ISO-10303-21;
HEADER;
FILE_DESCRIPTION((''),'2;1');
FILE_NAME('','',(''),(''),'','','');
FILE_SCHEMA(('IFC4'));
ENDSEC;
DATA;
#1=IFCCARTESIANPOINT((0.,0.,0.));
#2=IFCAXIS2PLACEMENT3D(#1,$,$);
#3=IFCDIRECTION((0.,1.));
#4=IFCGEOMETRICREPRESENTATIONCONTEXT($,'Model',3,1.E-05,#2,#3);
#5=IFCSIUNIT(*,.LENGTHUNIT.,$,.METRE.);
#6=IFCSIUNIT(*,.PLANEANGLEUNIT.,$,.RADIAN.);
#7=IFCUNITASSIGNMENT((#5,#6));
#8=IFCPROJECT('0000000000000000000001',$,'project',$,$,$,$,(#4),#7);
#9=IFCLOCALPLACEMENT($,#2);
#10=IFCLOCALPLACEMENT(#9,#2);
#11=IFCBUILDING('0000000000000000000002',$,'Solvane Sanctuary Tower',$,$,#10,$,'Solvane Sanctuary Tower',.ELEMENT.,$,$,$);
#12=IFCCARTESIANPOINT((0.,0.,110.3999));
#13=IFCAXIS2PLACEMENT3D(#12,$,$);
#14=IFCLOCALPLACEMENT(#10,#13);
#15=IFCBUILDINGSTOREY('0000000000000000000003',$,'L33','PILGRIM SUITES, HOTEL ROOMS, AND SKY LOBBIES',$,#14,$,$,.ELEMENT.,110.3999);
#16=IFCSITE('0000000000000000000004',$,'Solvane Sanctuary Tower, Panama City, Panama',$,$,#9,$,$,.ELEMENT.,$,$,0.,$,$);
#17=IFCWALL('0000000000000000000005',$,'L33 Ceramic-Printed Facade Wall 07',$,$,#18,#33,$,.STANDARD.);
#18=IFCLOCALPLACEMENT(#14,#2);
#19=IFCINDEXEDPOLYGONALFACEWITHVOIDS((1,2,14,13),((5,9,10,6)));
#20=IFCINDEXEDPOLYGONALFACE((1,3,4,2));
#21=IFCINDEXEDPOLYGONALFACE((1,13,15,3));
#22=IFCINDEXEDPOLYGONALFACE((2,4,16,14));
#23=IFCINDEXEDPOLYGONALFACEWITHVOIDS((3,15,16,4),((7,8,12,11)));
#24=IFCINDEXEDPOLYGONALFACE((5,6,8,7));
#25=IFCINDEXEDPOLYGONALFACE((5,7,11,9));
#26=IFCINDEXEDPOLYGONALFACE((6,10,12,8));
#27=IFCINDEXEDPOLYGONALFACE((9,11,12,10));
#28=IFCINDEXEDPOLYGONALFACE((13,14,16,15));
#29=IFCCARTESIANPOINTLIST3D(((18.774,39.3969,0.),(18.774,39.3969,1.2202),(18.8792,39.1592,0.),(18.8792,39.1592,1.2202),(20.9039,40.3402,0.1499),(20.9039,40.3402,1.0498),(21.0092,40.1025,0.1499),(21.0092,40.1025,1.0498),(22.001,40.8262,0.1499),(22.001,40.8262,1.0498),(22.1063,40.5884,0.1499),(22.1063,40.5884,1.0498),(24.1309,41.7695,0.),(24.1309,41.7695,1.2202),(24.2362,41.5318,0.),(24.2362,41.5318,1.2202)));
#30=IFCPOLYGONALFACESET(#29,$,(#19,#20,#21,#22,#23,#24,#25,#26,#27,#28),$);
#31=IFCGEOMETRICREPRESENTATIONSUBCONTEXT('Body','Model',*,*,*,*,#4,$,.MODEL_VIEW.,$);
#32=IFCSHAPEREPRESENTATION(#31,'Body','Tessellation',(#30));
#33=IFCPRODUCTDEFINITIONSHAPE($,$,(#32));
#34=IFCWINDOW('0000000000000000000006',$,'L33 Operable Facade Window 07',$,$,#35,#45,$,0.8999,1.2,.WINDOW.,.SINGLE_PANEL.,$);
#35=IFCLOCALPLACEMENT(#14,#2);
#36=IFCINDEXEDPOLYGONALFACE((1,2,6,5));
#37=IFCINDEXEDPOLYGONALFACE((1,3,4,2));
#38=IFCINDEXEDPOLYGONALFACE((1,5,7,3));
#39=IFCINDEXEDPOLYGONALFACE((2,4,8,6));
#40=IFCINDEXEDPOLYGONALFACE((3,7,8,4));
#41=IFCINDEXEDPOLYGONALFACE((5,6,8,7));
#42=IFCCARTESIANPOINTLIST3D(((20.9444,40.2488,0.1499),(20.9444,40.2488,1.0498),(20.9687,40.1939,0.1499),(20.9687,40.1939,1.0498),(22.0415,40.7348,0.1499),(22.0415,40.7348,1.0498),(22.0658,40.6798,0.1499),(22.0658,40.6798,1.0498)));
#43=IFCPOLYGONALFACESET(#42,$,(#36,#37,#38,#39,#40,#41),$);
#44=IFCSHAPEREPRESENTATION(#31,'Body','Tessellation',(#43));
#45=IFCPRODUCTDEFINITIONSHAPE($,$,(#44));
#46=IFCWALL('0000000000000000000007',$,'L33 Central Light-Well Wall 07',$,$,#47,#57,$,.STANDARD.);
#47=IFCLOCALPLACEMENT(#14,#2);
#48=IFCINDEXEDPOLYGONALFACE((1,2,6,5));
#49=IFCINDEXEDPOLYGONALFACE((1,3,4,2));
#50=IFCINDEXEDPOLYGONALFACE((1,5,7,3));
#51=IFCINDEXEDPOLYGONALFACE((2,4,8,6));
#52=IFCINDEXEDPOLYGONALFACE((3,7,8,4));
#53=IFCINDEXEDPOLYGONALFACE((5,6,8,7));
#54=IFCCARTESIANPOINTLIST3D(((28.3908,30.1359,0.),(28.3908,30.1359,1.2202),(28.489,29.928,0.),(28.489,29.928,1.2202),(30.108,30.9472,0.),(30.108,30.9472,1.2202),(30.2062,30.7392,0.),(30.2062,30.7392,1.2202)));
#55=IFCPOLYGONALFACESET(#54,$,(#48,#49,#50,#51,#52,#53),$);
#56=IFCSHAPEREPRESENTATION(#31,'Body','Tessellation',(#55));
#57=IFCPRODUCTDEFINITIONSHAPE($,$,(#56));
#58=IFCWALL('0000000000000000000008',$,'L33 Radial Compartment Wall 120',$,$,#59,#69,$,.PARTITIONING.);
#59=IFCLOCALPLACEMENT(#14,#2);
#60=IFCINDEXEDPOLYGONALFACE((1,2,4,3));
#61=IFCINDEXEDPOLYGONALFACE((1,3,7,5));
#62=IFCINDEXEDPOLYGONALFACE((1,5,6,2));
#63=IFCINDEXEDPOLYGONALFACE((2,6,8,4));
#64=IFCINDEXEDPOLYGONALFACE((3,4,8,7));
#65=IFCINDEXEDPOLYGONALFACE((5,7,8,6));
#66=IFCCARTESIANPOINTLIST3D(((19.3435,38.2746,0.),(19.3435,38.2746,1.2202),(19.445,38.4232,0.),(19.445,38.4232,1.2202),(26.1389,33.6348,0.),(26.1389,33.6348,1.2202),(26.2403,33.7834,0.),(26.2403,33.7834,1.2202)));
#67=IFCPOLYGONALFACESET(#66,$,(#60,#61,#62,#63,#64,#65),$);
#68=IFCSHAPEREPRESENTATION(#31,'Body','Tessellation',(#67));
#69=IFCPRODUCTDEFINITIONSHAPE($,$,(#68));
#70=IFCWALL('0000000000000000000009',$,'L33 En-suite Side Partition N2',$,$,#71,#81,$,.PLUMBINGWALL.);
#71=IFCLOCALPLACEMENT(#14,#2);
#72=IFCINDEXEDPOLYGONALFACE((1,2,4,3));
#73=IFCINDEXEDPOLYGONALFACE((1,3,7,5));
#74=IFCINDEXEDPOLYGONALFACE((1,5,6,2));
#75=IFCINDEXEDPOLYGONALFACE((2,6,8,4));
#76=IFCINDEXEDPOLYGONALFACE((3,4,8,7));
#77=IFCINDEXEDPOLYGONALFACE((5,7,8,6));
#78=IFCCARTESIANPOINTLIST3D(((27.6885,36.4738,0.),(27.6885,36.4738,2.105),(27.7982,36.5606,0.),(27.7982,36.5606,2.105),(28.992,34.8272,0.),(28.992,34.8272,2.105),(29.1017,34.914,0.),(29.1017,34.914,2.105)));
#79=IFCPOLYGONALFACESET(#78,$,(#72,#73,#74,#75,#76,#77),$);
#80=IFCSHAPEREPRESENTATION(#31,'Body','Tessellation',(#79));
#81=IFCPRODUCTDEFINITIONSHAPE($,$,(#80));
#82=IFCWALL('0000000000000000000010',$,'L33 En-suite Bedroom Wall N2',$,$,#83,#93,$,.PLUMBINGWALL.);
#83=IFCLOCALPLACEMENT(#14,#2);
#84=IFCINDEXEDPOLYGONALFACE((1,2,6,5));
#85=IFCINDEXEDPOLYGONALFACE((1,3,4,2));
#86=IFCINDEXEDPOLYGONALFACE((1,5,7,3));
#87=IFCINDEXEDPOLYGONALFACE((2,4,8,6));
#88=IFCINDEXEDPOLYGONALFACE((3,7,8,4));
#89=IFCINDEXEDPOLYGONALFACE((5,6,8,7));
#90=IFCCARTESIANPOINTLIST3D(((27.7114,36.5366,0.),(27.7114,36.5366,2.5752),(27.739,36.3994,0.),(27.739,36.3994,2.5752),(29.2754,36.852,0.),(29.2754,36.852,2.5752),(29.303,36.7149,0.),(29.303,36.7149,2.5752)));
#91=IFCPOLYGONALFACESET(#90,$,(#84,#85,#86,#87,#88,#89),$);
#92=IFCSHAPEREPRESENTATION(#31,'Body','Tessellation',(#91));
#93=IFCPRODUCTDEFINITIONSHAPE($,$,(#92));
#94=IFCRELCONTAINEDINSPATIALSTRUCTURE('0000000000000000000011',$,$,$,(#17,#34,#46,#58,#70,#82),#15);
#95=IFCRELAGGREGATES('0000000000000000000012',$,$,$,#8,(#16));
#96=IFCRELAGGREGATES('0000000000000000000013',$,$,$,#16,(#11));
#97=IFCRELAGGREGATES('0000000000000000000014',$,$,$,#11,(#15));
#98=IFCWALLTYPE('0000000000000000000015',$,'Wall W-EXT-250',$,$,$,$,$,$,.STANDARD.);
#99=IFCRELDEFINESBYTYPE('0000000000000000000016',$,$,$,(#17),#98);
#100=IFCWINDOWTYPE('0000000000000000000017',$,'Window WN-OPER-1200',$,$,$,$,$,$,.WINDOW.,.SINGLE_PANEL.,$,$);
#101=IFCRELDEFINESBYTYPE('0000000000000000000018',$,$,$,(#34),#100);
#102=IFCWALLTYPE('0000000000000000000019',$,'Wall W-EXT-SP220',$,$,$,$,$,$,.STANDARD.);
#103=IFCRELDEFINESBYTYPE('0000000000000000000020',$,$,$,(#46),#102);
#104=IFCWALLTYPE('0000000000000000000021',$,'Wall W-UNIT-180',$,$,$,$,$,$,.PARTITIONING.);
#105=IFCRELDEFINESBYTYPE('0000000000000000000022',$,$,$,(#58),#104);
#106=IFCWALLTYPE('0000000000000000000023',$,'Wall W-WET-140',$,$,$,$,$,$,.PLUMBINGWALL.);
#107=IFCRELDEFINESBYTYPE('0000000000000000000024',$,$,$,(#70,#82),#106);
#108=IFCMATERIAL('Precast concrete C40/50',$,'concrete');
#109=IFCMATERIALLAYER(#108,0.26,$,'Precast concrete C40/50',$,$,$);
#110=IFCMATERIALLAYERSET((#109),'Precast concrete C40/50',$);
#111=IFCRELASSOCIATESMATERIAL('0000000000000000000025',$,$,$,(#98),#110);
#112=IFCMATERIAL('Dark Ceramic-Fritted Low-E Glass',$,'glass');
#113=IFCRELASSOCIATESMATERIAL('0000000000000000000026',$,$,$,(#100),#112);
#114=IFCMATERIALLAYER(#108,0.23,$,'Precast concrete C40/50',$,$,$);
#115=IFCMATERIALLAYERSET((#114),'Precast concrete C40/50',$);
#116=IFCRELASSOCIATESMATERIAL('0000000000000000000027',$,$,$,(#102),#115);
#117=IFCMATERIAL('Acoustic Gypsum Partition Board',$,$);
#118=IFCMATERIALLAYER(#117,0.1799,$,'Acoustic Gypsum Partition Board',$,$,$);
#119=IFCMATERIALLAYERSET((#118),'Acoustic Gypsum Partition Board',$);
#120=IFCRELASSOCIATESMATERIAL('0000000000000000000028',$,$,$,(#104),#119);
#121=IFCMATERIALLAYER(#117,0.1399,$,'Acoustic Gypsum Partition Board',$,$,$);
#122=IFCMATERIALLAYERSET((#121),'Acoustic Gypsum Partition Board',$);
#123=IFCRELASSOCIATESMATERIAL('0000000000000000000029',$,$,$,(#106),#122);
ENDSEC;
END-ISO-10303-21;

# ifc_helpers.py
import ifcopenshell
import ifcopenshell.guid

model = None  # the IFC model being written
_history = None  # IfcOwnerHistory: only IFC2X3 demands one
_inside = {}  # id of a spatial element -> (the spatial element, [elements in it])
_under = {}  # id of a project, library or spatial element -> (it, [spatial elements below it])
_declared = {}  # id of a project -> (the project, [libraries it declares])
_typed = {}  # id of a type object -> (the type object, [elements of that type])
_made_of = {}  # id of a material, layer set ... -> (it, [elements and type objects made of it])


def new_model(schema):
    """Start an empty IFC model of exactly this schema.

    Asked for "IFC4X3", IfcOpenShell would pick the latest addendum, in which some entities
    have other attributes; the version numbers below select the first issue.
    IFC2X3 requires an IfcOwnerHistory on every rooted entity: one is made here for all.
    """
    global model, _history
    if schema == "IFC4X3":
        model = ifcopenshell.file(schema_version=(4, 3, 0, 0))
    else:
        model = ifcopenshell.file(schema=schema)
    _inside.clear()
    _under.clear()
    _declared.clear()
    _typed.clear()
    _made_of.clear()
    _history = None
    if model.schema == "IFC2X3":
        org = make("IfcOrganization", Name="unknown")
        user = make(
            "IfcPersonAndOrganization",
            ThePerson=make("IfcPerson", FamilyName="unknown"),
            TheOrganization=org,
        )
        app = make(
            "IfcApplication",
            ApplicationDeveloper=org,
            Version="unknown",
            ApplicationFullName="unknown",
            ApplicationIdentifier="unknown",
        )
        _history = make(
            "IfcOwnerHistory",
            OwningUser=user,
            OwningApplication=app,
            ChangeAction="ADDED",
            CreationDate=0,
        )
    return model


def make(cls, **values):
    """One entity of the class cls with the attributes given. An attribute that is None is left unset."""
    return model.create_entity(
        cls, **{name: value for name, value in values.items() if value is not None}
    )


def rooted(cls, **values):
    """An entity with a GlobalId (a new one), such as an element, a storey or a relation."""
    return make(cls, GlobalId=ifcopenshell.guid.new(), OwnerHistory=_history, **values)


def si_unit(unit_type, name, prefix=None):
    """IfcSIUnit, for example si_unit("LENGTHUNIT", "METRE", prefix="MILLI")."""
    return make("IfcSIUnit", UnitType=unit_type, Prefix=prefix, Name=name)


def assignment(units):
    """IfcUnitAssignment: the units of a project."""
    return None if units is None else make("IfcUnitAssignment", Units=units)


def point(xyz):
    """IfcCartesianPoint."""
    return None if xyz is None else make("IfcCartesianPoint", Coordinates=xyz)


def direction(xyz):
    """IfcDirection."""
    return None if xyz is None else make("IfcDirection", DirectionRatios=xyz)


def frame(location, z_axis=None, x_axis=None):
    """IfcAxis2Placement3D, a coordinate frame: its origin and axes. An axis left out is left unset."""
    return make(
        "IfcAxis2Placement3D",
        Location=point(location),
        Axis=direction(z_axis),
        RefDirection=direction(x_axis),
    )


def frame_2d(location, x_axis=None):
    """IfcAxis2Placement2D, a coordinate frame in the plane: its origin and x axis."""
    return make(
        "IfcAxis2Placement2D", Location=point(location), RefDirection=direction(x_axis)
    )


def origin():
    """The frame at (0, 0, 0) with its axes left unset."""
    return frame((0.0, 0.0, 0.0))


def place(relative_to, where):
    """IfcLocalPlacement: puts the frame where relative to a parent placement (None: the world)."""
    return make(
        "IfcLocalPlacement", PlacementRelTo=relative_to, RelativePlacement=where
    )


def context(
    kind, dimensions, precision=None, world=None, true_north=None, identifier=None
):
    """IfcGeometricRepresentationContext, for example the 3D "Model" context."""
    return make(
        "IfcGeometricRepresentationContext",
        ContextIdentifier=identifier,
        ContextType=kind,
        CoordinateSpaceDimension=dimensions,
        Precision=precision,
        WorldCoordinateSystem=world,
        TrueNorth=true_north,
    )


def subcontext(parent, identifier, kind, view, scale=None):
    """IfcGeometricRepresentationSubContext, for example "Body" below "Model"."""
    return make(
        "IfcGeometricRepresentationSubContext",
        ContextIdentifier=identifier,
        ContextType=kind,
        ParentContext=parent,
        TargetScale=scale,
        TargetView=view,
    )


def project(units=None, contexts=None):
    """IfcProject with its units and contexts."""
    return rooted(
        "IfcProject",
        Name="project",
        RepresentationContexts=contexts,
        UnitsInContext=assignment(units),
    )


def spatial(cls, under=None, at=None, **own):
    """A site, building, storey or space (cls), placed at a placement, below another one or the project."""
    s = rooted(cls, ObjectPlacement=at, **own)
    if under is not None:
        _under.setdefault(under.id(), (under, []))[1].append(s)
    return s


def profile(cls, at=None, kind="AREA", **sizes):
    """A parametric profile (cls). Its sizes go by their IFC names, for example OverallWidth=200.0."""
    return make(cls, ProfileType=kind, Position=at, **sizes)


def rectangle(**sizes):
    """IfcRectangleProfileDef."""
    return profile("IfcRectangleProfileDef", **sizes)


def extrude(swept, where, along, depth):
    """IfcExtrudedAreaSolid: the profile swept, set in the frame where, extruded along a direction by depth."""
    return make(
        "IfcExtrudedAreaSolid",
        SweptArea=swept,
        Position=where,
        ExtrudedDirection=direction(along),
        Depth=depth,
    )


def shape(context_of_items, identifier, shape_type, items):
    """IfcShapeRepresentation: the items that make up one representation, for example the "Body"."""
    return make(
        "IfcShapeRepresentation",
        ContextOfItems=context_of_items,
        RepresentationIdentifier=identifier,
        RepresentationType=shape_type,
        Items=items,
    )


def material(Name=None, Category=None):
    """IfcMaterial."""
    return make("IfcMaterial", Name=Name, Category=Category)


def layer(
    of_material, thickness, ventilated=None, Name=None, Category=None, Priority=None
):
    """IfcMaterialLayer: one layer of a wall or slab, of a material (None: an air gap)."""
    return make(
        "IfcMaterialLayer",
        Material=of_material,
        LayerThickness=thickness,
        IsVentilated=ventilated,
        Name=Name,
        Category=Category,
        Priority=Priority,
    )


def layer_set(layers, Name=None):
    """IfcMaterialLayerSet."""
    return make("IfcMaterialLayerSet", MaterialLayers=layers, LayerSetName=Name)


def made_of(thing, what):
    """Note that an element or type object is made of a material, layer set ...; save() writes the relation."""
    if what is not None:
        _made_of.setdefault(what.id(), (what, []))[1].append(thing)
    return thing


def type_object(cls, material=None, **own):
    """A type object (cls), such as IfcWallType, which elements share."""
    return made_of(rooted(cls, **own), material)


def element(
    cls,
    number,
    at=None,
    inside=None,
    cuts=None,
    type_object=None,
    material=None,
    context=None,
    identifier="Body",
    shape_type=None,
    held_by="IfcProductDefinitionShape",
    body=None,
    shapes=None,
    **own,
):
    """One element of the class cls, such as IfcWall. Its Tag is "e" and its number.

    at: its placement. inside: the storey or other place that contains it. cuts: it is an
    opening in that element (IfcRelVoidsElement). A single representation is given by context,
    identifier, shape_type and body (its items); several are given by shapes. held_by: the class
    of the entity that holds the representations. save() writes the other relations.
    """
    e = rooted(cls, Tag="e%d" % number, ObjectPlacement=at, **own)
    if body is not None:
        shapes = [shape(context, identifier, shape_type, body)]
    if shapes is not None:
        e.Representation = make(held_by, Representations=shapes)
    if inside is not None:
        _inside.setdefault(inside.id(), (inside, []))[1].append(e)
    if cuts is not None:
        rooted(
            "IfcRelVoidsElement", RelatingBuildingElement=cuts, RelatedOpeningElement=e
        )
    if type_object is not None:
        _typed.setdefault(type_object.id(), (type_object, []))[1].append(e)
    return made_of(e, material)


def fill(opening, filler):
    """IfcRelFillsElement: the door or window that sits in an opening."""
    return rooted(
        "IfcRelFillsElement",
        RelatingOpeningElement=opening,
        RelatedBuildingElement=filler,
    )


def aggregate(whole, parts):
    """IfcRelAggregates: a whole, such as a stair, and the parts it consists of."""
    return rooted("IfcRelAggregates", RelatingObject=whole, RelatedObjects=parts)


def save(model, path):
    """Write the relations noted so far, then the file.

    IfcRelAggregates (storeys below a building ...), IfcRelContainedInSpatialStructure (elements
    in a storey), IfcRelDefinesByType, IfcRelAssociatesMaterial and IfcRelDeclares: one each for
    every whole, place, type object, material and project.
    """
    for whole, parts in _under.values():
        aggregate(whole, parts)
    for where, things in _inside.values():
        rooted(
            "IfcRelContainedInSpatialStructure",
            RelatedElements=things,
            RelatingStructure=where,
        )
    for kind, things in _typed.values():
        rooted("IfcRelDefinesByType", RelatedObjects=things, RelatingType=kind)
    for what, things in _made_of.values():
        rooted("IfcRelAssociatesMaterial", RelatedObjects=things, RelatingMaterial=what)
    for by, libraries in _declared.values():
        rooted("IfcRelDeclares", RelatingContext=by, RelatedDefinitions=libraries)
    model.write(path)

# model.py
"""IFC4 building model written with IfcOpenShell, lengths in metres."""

from ifc_helpers import new_model, si_unit, direction, frame, frame_2d, origin, place, context, subcontext, project, spatial, rectangle, extrude, material, layer, layer_set, type_object, element, fill, save


model = new_model("IFC4")

# Units and contexts
model_context = context("Model", 3, precision=1e-05, world=origin(), true_north=direction((0.0, 1.0)))
body_context = subcontext(model_context, "Body", "Model", "MODEL_VIEW")
ifc_project = project(units=[si_unit("LENGTHUNIT", "METRE"), si_unit("PLANEANGLEUNIT", "RADIAN")], contexts=[model_context])

# Site, building, storey
site_placement = place(None, origin())
site = spatial("IfcSite", under=ifc_project, at=site_placement, Name="Solvane Sanctuary Tower, Panama City, Panama", CompositionType="ELEMENT", RefElevation=0.0)
building_placement = place(site_placement, origin())
building = spatial("IfcBuilding", under=site, at=building_placement, Name="Solvane Sanctuary Tower", LongName="Solvane Sanctuary Tower", CompositionType="ELEMENT")
storey_placement = place(building_placement, frame((0.0, 0.0, 110.3999)))
storey = spatial("IfcBuildingStorey", under=building, at=storey_placement, Name="L33", Description="PILGRIM SUITES, HOTEL ROOMS, AND SKY LOBBIES", CompositionType="ELEMENT", Elevation=110.3999)

# Shared definitions
ifc_material_1 = material(Name="Acoustic Gypsum Partition Board")

# Wall, opening, window
ifc_material_2 = material(Name="Precast concrete C40/50", Category="concrete")
ifc_layer_1 = layer(ifc_material_2, 0.26, Name="Precast concrete C40/50")
ifc_layer_set_1 = layer_set([ifc_layer_1], Name="Precast concrete C40/50")
wall_type_1 = type_object("IfcWallType", Name="Wall W-EXT-250", PredefinedType="STANDARD", material=ifc_layer_set_1)
wall_1_placement = place(storey_placement, frame((24.1836, 41.6506, 0.0), z_axis=(0.0, 0.0, 1.0), x_axis=(-0.914337, -0.404955, 0.0)))
wall_1 = element("IfcWall", 1, at=wall_1_placement, inside=storey, type_object=wall_type_1, Name="L33 Ceramic-Printed Facade Wall 07", PredefinedType="STANDARD", context=body_context, shape_type="SweptSolid", body=[
    extrude(rectangle(XDim=5.8589, YDim=0.26, at=frame_2d((2.9294, 0.0))), origin(), (0.0, 0.0, 1.0), 1.2202),
])
opening_1_placement = place(wall_1_placement, frame((2.3293, 0.0, 0.1499)))
opening_1 = element("IfcOpeningElement", 2, at=opening_1_placement, cuts=wall_1, PredefinedType="OPENING", context=body_context, shape_type="SweptSolid", body=[
    extrude(rectangle(XDim=1.2, YDim=0.8999, at=frame_2d((0.6001, 0.45))), frame((0.0, 0.1399, 0.0), z_axis=(0.0, -1.0, 0.0), x_axis=(1.0, 0.0, 0.0)), (0.0, 0.0, 1.0), 0.28),
])
ifc_material_3 = material(Name="Dark Ceramic-Fritted Low-E Glass", Category="glass")
window_type = type_object("IfcWindowType", Name="Window WN-OPER-1200", PartitioningType="SINGLE_PANEL", PredefinedType="WINDOW", material=ifc_material_3)
window_placement = place(opening_1_placement, origin())
window = element("IfcWindow", 3, at=window_placement, inside=storey, type_object=window_type, Name="L33 Operable Facade Window 07", OverallHeight=0.8999, OverallWidth=1.2, PartitioningType="SINGLE_PANEL", PredefinedType="WINDOW", context=body_context, shape_type="SweptSolid", body=[
    extrude(rectangle(XDim=1.2, YDim=0.8999, at=frame_2d((0.6001, 0.45))), frame((0.0, 0.03, 0.0), z_axis=(0.0, -1.0, 0.0), x_axis=(1.0, 0.0, 0.0)), (0.0, 0.0, 1.0), 0.0601),
])
fill(opening_1, window)

# Walls
ifc_layer_2 = layer(ifc_material_2, 0.23, Name="Precast concrete C40/50")
ifc_layer_set_2 = layer_set([ifc_layer_2], Name="Precast concrete C40/50")
wall_type_2 = type_object("IfcWallType", Name="Wall W-EXT-SP220", PredefinedType="STANDARD", material=ifc_layer_set_2)
wall_2_placement = place(storey_placement, frame((30.1572, 30.8433, 0.0), z_axis=(0.0, 0.0, 1.0), x_axis=(-0.90418, -0.427152, 0.0)))
element("IfcWall", 4, at=wall_2_placement, inside=storey, type_object=wall_type_2, Name="L33 Central Light-Well Wall 07", PredefinedType="STANDARD", context=body_context, shape_type="SweptSolid", body=[
    extrude(rectangle(XDim=1.8992, YDim=0.23, at=frame_2d((0.9497, 0.0))), origin(), (0.0, 0.0, 1.0), 1.2202),
])
ifc_layer_3 = layer(ifc_material_1, 0.1799, Name="Acoustic Gypsum Partition Board")
ifc_layer_set_3 = layer_set([ifc_layer_3], Name="Acoustic Gypsum Partition Board")
wall_type_3 = type_object("IfcWallType", Name="Wall W-UNIT-180", PredefinedType="PARTITIONING", material=ifc_layer_set_3)
wall_3_placement = place(storey_placement, frame((26.1897, 33.709, 0.0), z_axis=(0.0, 0.0, 1.0), x_axis=(-0.825851, 0.563889, 0.0)))
element("IfcWall", 5, at=wall_3_placement, inside=storey, type_object=wall_type_3, Name="L33 Radial Compartment Wall 120", PredefinedType="PARTITIONING", context=body_context, shape_type="SweptSolid", body=[
    extrude(rectangle(XDim=8.2283, YDim=0.1799, at=frame_2d((4.1143, 0.0))), origin(), (0.0, 0.0, 1.0), 1.2202),
])
ifc_layer_4 = layer(ifc_material_1, 0.1399, Name="Acoustic Gypsum Partition Board")
ifc_layer_set_4 = layer_set([ifc_layer_4], Name="Acoustic Gypsum Partition Board")
wall_type_4 = type_object("IfcWallType", Name="Wall W-WET-140", PredefinedType="PLUMBINGWALL", material=ifc_layer_set_4)
wall_4_placement = place(storey_placement, frame((29.0469, 34.8706, 0.0), z_axis=(0.0, 0.0, 1.0), x_axis=(-0.620703, 0.784046, 0.0)))
element("IfcWall", 6, at=wall_4_placement, inside=storey, type_object=wall_type_4, Name="L33 En-suite Side Partition N2", PredefinedType="PLUMBINGWALL", context=body_context, shape_type="SweptSolid", body=[
    extrude(rectangle(XDim=2.1001, YDim=0.1399, at=frame_2d((1.05, 0.0))), origin(), (0.0, 0.0, 1.0), 2.105),
])
wall_5_placement = place(storey_placement, frame((29.2893, 36.7834, 0.0), z_axis=(0.0, 0.0, 1.0), x_axis=(-0.980262, -0.197705, 0.0)))
element("IfcWall", 7, at=wall_5_placement, inside=storey, type_object=wall_type_4, Name="L33 En-suite Bedroom Wall N2", PredefinedType="PLUMBINGWALL", context=body_context, shape_type="SweptSolid", body=[
    extrude(rectangle(XDim=1.5955, YDim=0.1399, at=frame_2d((0.7979, 0.0))), origin(), (0.0, 0.0, 1.0), 2.5752),
])

save(model, "model.ifc")
